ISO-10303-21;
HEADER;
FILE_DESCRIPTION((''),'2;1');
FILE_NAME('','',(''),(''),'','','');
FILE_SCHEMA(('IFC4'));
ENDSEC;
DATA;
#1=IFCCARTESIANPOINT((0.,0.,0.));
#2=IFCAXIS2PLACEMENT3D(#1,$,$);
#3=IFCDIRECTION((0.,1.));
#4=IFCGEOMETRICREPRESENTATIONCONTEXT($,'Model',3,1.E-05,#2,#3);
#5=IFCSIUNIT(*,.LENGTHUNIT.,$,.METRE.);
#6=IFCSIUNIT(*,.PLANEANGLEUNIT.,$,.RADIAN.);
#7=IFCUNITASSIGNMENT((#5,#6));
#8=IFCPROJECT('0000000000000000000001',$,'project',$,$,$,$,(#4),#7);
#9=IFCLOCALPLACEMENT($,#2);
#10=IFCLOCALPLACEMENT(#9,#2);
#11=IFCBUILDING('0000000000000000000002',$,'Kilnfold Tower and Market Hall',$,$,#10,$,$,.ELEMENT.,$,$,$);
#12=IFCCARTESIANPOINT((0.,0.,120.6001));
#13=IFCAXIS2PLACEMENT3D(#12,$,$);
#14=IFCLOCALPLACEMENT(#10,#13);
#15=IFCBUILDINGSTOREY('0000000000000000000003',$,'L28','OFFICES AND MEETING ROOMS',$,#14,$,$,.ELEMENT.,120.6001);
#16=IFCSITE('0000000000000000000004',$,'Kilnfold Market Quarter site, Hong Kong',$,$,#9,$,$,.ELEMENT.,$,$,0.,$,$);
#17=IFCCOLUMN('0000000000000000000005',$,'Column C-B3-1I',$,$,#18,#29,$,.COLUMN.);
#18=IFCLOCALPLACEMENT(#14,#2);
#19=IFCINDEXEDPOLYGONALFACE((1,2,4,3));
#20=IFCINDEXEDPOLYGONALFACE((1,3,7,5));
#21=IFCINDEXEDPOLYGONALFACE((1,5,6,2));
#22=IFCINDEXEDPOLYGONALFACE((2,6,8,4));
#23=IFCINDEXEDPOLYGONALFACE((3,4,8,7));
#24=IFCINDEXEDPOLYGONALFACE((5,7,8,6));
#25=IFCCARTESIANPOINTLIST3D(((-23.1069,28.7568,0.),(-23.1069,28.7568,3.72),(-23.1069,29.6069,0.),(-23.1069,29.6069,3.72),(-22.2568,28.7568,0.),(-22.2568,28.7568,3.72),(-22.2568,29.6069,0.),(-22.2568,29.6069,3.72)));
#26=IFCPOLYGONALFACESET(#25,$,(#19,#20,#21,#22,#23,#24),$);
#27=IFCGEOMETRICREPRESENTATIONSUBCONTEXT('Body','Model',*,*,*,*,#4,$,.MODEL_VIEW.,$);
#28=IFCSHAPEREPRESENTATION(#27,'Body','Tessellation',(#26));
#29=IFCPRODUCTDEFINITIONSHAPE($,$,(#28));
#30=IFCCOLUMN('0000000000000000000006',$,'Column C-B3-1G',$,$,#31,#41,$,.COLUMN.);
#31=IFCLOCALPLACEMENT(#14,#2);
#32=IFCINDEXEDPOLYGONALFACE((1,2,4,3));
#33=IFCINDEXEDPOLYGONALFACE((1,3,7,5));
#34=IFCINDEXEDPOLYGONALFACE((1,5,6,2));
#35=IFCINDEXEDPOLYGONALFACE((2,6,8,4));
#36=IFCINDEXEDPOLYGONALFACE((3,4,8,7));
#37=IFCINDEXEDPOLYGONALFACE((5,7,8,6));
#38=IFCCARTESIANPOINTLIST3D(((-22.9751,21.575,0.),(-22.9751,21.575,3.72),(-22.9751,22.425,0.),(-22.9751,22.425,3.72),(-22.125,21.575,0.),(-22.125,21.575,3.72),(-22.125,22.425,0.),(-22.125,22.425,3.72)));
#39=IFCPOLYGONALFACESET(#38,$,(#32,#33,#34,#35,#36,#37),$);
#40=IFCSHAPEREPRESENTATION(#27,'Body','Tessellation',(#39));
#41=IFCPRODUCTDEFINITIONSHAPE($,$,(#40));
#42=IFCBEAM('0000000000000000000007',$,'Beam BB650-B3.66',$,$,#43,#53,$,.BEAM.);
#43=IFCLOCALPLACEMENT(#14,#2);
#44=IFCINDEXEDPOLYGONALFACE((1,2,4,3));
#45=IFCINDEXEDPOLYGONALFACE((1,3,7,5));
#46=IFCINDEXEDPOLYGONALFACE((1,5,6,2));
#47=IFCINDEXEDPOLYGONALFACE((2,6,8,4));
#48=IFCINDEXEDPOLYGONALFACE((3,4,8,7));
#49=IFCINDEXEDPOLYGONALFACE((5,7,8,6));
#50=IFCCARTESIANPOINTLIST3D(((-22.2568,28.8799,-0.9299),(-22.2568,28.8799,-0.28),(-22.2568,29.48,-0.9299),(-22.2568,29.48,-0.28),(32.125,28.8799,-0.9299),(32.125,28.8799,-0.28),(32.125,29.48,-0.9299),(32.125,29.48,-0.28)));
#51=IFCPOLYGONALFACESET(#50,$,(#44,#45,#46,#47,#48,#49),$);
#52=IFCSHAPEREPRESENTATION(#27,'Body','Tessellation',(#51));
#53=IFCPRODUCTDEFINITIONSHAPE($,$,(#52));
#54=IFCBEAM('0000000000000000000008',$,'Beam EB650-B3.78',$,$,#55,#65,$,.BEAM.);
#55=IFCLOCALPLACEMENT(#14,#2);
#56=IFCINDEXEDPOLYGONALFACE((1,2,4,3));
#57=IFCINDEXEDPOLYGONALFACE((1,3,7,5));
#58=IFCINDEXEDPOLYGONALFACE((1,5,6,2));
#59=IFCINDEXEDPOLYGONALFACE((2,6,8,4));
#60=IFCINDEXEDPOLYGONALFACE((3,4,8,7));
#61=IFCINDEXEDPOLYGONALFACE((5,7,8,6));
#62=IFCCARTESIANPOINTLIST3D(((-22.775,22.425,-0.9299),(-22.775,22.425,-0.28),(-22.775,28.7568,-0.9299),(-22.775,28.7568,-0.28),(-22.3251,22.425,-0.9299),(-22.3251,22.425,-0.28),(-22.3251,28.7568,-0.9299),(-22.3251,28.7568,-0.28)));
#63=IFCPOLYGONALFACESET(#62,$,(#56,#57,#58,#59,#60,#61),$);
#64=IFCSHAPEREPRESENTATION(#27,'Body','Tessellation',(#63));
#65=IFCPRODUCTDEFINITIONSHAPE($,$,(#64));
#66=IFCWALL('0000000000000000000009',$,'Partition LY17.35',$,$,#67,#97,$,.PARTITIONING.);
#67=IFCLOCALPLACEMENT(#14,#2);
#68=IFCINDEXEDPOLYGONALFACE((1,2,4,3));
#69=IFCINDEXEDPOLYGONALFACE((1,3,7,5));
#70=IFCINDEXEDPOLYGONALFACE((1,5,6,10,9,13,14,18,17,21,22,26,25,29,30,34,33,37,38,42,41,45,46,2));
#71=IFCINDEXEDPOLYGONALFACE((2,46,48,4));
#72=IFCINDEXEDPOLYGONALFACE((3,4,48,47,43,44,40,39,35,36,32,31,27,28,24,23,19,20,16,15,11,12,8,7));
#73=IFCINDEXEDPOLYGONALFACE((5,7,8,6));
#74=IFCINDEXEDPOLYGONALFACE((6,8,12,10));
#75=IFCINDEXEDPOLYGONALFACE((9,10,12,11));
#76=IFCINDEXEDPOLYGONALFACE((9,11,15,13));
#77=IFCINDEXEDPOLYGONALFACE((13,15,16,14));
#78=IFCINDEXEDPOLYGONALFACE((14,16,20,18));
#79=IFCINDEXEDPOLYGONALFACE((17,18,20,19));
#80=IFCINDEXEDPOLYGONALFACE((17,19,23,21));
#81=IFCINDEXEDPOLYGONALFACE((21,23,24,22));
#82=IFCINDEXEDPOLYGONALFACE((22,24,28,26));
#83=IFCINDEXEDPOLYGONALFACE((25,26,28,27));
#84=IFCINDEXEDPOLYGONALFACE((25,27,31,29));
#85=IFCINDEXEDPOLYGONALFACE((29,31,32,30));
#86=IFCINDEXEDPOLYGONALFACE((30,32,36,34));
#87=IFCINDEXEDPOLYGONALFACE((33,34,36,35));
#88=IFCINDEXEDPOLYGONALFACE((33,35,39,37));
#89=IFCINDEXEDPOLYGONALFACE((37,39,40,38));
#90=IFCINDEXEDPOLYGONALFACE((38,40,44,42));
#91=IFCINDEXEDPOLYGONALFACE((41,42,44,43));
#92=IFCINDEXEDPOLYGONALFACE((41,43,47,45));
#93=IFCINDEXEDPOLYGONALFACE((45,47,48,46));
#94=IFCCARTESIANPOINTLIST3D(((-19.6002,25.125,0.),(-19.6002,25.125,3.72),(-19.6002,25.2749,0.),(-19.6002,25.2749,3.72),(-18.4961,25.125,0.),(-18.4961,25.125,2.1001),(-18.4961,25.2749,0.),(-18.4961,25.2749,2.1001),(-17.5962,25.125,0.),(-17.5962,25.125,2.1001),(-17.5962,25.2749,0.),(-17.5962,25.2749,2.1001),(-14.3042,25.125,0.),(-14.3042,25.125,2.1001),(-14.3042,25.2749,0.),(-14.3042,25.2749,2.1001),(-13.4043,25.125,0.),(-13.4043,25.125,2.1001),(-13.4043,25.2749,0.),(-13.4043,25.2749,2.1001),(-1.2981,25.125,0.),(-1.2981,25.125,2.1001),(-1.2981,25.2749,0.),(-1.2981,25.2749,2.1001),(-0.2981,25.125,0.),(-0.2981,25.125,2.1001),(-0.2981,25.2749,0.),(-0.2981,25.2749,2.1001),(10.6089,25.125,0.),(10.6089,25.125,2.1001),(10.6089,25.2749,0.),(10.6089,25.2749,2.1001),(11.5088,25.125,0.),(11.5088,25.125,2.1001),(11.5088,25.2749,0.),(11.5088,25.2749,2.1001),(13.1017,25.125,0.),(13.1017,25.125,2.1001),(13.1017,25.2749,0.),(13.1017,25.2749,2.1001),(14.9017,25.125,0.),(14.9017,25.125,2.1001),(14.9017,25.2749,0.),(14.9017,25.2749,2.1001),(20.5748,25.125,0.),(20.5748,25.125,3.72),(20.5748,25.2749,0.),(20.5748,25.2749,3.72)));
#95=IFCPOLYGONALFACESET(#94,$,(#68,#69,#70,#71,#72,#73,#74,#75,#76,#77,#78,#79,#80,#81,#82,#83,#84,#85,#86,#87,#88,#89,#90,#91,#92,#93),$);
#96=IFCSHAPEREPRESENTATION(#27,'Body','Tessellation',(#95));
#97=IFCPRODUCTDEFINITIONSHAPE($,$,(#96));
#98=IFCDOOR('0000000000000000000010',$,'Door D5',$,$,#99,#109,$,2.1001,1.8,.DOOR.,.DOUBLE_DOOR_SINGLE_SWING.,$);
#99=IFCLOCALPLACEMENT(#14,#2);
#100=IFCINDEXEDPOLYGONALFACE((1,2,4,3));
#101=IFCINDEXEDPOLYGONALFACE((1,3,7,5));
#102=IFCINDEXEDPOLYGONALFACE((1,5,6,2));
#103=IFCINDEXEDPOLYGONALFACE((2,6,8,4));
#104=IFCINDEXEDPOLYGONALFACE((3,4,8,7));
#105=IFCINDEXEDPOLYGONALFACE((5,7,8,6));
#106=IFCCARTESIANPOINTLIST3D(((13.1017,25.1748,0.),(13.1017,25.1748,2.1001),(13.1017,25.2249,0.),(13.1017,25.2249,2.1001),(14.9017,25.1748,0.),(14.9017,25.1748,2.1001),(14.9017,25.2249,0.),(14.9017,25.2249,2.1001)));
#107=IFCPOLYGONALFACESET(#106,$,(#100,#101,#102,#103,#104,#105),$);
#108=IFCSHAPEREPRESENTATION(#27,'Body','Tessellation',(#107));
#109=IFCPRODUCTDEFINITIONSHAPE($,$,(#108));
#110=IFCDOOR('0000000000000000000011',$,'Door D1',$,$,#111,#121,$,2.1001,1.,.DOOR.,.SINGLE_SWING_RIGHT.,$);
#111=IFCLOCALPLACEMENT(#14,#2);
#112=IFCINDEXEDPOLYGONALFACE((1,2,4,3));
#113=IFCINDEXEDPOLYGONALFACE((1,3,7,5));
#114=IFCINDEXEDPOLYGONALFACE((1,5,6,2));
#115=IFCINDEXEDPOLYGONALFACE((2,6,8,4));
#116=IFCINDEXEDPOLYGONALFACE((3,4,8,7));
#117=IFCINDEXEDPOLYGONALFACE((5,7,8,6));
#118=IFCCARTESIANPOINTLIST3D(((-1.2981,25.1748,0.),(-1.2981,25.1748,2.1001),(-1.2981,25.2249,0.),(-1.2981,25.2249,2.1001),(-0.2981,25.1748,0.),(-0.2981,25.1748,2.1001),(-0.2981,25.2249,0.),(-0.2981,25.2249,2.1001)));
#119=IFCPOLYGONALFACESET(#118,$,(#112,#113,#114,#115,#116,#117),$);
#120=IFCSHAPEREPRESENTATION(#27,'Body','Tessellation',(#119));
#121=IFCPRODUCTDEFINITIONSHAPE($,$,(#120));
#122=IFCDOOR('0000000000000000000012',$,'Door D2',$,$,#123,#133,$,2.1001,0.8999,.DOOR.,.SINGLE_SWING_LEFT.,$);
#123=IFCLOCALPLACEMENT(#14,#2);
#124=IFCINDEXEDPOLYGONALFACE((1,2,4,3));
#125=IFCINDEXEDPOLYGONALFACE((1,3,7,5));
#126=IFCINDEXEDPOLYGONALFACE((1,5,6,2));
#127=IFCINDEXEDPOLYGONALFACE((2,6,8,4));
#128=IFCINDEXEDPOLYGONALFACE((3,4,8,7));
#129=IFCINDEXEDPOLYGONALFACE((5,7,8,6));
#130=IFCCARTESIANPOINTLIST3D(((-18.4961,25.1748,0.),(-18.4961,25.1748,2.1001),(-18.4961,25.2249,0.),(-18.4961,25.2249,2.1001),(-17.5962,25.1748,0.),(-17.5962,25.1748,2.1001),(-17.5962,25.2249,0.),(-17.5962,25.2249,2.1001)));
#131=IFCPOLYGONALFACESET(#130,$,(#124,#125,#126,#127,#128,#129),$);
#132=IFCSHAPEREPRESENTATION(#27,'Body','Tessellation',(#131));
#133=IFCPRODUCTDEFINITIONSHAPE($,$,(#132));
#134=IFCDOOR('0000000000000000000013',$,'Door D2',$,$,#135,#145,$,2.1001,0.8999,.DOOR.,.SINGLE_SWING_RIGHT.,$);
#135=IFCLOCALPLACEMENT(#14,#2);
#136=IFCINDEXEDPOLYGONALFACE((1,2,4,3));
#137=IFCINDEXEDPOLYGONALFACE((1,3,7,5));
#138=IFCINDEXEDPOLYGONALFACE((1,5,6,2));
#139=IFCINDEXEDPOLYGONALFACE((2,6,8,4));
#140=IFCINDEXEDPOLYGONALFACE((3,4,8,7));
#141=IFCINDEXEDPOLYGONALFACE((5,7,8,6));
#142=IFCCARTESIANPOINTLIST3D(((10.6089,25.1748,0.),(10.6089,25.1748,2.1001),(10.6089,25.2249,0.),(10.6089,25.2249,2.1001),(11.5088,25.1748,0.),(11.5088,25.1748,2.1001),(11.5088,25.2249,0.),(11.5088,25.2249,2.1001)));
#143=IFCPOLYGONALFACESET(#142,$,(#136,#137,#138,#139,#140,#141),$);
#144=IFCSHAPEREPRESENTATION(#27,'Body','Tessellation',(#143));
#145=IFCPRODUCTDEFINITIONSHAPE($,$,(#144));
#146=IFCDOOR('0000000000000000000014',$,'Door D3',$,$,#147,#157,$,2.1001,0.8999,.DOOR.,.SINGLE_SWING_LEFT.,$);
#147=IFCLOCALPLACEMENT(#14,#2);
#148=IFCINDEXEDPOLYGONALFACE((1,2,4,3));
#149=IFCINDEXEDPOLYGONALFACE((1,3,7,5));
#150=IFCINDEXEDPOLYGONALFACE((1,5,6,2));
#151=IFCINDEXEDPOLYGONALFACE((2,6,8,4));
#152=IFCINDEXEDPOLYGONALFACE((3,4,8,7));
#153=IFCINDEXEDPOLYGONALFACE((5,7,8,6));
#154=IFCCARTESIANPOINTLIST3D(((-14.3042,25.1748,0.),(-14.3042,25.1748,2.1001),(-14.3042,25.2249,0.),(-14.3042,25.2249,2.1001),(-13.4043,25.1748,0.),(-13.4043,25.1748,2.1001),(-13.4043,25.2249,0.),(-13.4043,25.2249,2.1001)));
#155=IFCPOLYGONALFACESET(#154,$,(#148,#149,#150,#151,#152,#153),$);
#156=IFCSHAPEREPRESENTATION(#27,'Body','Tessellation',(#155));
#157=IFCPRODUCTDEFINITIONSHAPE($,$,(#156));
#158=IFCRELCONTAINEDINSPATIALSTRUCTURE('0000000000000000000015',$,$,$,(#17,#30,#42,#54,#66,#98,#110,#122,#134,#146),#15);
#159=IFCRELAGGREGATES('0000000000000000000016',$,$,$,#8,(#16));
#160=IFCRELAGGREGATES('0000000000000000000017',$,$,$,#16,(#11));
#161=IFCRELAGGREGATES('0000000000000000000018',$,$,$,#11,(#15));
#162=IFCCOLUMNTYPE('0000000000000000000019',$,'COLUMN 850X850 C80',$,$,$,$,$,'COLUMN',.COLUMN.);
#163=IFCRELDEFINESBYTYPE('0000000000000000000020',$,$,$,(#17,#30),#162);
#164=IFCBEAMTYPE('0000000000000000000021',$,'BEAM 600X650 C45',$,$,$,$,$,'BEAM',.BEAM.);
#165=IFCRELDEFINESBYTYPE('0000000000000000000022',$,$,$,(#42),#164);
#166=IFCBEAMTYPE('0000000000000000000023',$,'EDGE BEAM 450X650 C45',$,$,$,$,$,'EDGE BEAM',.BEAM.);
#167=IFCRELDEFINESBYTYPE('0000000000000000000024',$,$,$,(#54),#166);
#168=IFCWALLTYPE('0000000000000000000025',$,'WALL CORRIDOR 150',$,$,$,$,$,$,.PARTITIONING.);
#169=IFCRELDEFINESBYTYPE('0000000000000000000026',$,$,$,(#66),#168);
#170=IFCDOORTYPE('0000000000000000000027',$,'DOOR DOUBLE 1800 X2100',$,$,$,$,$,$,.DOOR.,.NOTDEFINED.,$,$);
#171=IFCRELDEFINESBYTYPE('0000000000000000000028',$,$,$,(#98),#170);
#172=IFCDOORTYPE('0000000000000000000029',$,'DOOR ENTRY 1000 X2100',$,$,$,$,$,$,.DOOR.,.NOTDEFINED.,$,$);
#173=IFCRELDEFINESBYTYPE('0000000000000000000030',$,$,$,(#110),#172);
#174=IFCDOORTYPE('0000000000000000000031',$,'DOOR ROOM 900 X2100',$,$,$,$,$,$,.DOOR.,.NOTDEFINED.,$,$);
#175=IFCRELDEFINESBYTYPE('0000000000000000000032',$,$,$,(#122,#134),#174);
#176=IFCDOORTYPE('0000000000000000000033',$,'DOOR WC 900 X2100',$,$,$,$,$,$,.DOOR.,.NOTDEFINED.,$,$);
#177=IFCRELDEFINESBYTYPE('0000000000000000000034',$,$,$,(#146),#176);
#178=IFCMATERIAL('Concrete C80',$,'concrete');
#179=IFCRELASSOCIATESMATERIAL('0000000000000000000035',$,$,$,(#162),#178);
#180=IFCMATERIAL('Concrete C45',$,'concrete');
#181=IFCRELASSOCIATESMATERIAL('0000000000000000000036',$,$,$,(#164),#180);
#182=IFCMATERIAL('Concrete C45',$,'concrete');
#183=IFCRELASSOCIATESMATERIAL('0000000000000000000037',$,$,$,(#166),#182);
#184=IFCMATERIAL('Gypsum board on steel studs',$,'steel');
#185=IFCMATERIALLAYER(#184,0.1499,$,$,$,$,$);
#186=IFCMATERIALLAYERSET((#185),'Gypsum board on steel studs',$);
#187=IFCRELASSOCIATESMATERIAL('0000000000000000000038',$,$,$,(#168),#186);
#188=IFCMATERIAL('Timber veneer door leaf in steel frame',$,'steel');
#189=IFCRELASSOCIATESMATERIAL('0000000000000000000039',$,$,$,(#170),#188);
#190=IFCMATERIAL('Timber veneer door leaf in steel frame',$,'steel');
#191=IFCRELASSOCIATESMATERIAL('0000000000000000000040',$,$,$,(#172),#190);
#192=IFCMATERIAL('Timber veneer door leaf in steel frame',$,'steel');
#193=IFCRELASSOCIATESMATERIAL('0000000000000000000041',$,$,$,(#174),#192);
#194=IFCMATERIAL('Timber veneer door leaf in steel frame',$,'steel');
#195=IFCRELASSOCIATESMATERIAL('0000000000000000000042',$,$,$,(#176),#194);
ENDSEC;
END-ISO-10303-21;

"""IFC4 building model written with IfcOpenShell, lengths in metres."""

from ifc_helpers import new_model, si_unit, direction, frame, frame_2d, origin, origin_2d, place, context, subcontext, project, spatial, rectangle, extrude, source, transform, mapped, material, layer, layer_set, material_profile, profile_set, type_object, element, fill, save


model = new_model("IFC4")

# Units and contexts
model_context = context("Model", 3, precision=1e-05, world=origin(), true_north=direction((0.0, 1.0)))
body_context = subcontext(model_context, "Body", "Model", "MODEL_VIEW")
ifc_project = project(units=[si_unit("LENGTHUNIT", "METRE"), si_unit("PLANEANGLEUNIT", "RADIAN")], contexts=[model_context])

# Site, building, storey
site_placement = place(None, origin())
site = spatial("IfcSite", under=ifc_project, at=site_placement, Name="Kilnfold Market Quarter site, Hong Kong", CompositionType="ELEMENT", RefElevation=0.0)
building_placement = place(site_placement, origin())
building = spatial("IfcBuilding", under=site, at=building_placement, Name="Kilnfold Tower and Market Hall", CompositionType="ELEMENT")
storey_placement = place(building_placement, frame((0.0, 0.0, 120.6001)))
storey = spatial("IfcBuildingStorey", under=building, at=storey_placement, Name="L28", Description="OFFICES AND MEETING ROOMS", CompositionType="ELEMENT", Elevation=120.6001)

# Columns
ifc_material_1 = material(Name="Concrete C80", Category="concrete")
ifc_material_profile_1 = material_profile(ifc_material_1, rectangle(XDim=0.8501, YDim=0.8501, at=origin_2d()), Name="RC 850x850")
ifc_profile_set_1 = profile_set([ifc_material_profile_1], Name="Concrete C80")
column_type = type_object("IfcColumnType", Name="COLUMN 850X850 C80", ElementType="COLUMN", PredefinedType="COLUMN", material=ifc_profile_set_1)
shared_shape_1 = source(origin(), body_context, "Body", "SweptSolid", [
    extrude(rectangle(XDim=0.8501, YDim=0.8501, at=origin_2d()), origin(), (0.0, 0.0, 1.0), 3.72),
])
for number, where, z_axis, x_axis, name in (
    (1, (-22.6819, 29.1819, 0.0), (0.0, 0.0, 1.0), (1.0, 0.0, 0.0), "Column C-B3-1I"),
    (2, (-22.55, 22.0, 0.0), (0.0, 0.0, 1.0), (1.0, 0.0, 0.0), "Column C-B3-1G"),
):
    element("IfcColumn", number, at=place(storey_placement, frame(where, z_axis=z_axis, x_axis=x_axis)), inside=storey, type_object=column_type, Name=name, PredefinedType="COLUMN", context=body_context, shape_type="MappedRepresentation", body=[
        mapped(shared_shape_1, transform((0.0, 0.0, 0.0))),
    ])

# Beams
ifc_material_2 = material(Name="Concrete C45", Category="concrete")
ifc_material_profile_2 = material_profile(ifc_material_2, rectangle(XDim=0.6001, YDim=0.6499, at=origin_2d()), Name="RC 600x650")
ifc_profile_set_2 = profile_set([ifc_material_profile_2], Name="Concrete C45")
beam_type_1 = type_object("IfcBeamType", Name="BEAM 600X650 C45", ElementType="BEAM", PredefinedType="BEAM", material=ifc_profile_set_2)
shared_shape_2 = source(origin(), body_context, "Body", "SweptSolid", [
    extrude(rectangle(XDim=0.6001, YDim=0.6499, at=origin_2d()), origin(), (0.0, 0.0, 1.0), 54.3818),
])
beam_1_placement = place(storey_placement, frame((-22.2568, 29.1799, -0.605), z_axis=(1.0, 0.0, 0.0), x_axis=(0.0, 1.0, 0.0)))
element("IfcBeam", 3, at=beam_1_placement, inside=storey, type_object=beam_type_1, Name="Beam BB650-B3.66", PredefinedType="BEAM", context=body_context, shape_type="MappedRepresentation", body=[
    mapped(shared_shape_2, transform((0.0, 0.0, 0.0))),
])
ifc_material_3 = material(Name="Concrete C45", Category="concrete")
ifc_material_profile_3 = material_profile(ifc_material_3, rectangle(XDim=0.45, YDim=0.6499, at=origin_2d()), Name="RC 450x650")
ifc_profile_set_3 = profile_set([ifc_material_profile_3], Name="Concrete C45")
beam_type_2 = type_object("IfcBeamType", Name="EDGE BEAM 450X650 C45", ElementType="EDGE BEAM", PredefinedType="BEAM", material=ifc_profile_set_3)
shared_shape_3 = source(origin(), body_context, "Body", "SweptSolid", [
    extrude(rectangle(XDim=0.45, YDim=0.6499, at=origin_2d()), origin(), (0.0, 0.0, 1.0), 6.3318),
])
beam_2_placement = place(storey_placement, frame((-22.55, 22.425, -0.605), z_axis=(0.0, 1.0, 0.0), x_axis=(-1.0, 0.0, 0.0)))
element("IfcBeam", 4, at=beam_2_placement, inside=storey, type_object=beam_type_2, Name="Beam EB650-B3.78", PredefinedType="BEAM", context=body_context, shape_type="MappedRepresentation", body=[
    mapped(shared_shape_3, transform((0.0, 0.0, 0.0))),
])

# Wall, openings, doors
ifc_material_4 = material(Name="Gypsum board on steel studs", Category="steel")
ifc_layer_1 = layer(ifc_material_4, 0.1499)
ifc_layer_set_1 = layer_set([ifc_layer_1], Name="Gypsum board on steel studs")
wall_type_1 = type_object("IfcWallType", Name="WALL CORRIDOR 150", PredefinedType="PARTITIONING", material=ifc_layer_set_1)
wall_1_placement = place(storey_placement, frame((-19.6001, 25.2, 0.0), z_axis=(0.0, 0.0, 1.0), x_axis=(1.0, 0.0, 0.0)))
wall_1 = element("IfcWall", 5, at=wall_1_placement, inside=storey, type_object=wall_type_1, Name="Partition LY17.35", PredefinedType="PARTITIONING", context=body_context, shape_type="SweptSolid", body=[
    extrude(rectangle(XDim=40.175, YDim=0.1499, at=frame_2d((20.0874, 0.0))), origin(), (0.0, 0.0, 1.0), 3.72),
])
opening_1_placement = place(wall_1_placement, frame((1.104, 0.0, 0.0)))
opening_1 = element("IfcOpeningElement", 6, at=opening_1_placement, cuts=wall_1, PredefinedType="OPENING", context=body_context, shape_type="SweptSolid", body=[
    extrude(rectangle(XDim=0.8999, YDim=2.1001, at=frame_2d((0.45, 1.05))), frame((0.0, 0.085, 0.0), z_axis=(0.0, -1.0, 0.0), x_axis=(1.0, 0.0, 0.0)), (0.0, 0.0, 1.0), 0.1699),
])
opening_2_placement = place(wall_1_placement, frame((5.2959, 0.0, 0.0)))
opening_2 = element("IfcOpeningElement", 7, at=opening_2_placement, cuts=wall_1, PredefinedType="OPENING", context=body_context, shape_type="SweptSolid", body=[
    extrude(rectangle(XDim=0.8999, YDim=2.1001, at=frame_2d((0.45, 1.05))), frame((0.0, 0.085, 0.0), z_axis=(0.0, -1.0, 0.0), x_axis=(1.0, 0.0, 0.0)), (0.0, 0.0, 1.0), 0.1699),
])
opening_3_placement = place(wall_1_placement, frame((18.302, 0.0, 0.0)))
opening_3 = element("IfcOpeningElement", 8, at=opening_3_placement, cuts=wall_1, PredefinedType="OPENING", context=body_context, shape_type="SweptSolid", body=[
    extrude(rectangle(XDim=1.0, YDim=2.1001, at=frame_2d((0.5, 1.05))), frame((0.0, 0.085, 0.0), z_axis=(0.0, -1.0, 0.0), x_axis=(1.0, 0.0, 0.0)), (0.0, 0.0, 1.0), 0.1699),
])
opening_4_placement = place(wall_1_placement, frame((30.209, 0.0, 0.0)))
opening_4 = element("IfcOpeningElement", 9, at=opening_4_placement, cuts=wall_1, PredefinedType="OPENING", context=body_context, shape_type="SweptSolid", body=[
    extrude(rectangle(XDim=0.8999, YDim=2.1001, at=frame_2d((0.45, 1.05))), frame((0.0, 0.085, 0.0), z_axis=(0.0, -1.0, 0.0), x_axis=(1.0, 0.0, 0.0)), (0.0, 0.0, 1.0), 0.1699),
])
opening_5_placement = place(wall_1_placement, frame((32.7019, 0.0, 0.0)))
opening_5 = element("IfcOpeningElement", 10, at=opening_5_placement, cuts=wall_1, PredefinedType="OPENING", context=body_context, shape_type="SweptSolid", body=[
    extrude(rectangle(XDim=1.8, YDim=2.1001, at=frame_2d((0.8999, 1.05))), frame((0.0, 0.085, 0.0), z_axis=(0.0, -1.0, 0.0), x_axis=(1.0, 0.0, 0.0)), (0.0, 0.0, 1.0), 0.1699),
])
ifc_material_5 = material(Name="Timber veneer door leaf in steel frame", Category="steel")
door_type_1 = type_object("IfcDoorType", Name="DOOR DOUBLE 1800 X2100", OperationType="NOTDEFINED", PredefinedType="DOOR", material=ifc_material_5)
door_1_placement = place(opening_5_placement, origin())
door_1 = element("IfcDoor", 11, at=door_1_placement, inside=storey, type_object=door_type_1, Name="Door D5", OperationType="DOUBLE_DOOR_SINGLE_SWING", OverallHeight=2.1001, OverallWidth=1.8, PredefinedType="DOOR", context=body_context, shape_type="SweptSolid", body=[
    extrude(rectangle(XDim=1.8, YDim=2.1001, at=frame_2d((0.8999, 1.05))), frame((0.0, 0.0249, 0.0), z_axis=(0.0, -1.0, 0.0), x_axis=(1.0, 0.0, 0.0)), (0.0, 0.0, 1.0), 0.05),
])
fill(opening_5, door_1)
ifc_material_6 = material(Name="Timber veneer door leaf in steel frame", Category="steel")
door_type_2 = type_object("IfcDoorType", Name="DOOR ENTRY 1000 X2100", OperationType="NOTDEFINED", PredefinedType="DOOR", material=ifc_material_6)
door_2_placement = place(opening_3_placement, origin())
door_2 = element("IfcDoor", 12, at=door_2_placement, inside=storey, type_object=door_type_2, Name="Door D1", OperationType="SINGLE_SWING_RIGHT", OverallHeight=2.1001, OverallWidth=1.0, PredefinedType="DOOR", context=body_context, shape_type="SweptSolid", body=[
    extrude(rectangle(XDim=1.0, YDim=2.1001, at=frame_2d((0.5, 1.05))), frame((0.0, 0.0249, 0.0), z_axis=(0.0, -1.0, 0.0), x_axis=(1.0, 0.0, 0.0)), (0.0, 0.0, 1.0), 0.05),
])
fill(opening_3, door_2)
ifc_material_7 = material(Name="Timber veneer door leaf in steel frame", Category="steel")
door_type_3 = type_object("IfcDoorType", Name="DOOR ROOM 900 X2100", OperationType="NOTDEFINED", PredefinedType="DOOR", material=ifc_material_7)
door_3_placement = place(opening_1_placement, origin())
door_3 = element("IfcDoor", 13, at=door_3_placement, inside=storey, type_object=door_type_3, Name="Door D2", OperationType="SINGLE_SWING_LEFT", OverallHeight=2.1001, OverallWidth=0.8999, PredefinedType="DOOR", context=body_context, shape_type="SweptSolid", body=[
    extrude(rectangle(XDim=0.8999, YDim=2.1001, at=frame_2d((0.45, 1.05))), frame((0.0, 0.0249, 0.0), z_axis=(0.0, -1.0, 0.0), x_axis=(1.0, 0.0, 0.0)), (0.0, 0.0, 1.0), 0.05),
])
fill(opening_1, door_3)
door_4_placement = place(opening_4_placement, origin())
door_4 = element("IfcDoor", 14, at=door_4_placement, inside=storey, type_object=door_type_3, Name="Door D2", OperationType="SINGLE_SWING_RIGHT", OverallHeight=2.1001, OverallWidth=0.8999, PredefinedType="DOOR", context=body_context, shape_type="SweptSolid", body=[
    extrude(rectangle(XDim=0.8999, YDim=2.1001, at=frame_2d((0.45, 1.05))), frame((0.0, 0.0249, 0.0), z_axis=(0.0, -1.0, 0.0), x_axis=(1.0, 0.0, 0.0)), (0.0, 0.0, 1.0), 0.05),
])
fill(opening_4, door_4)
ifc_material_8 = material(Name="Timber veneer door leaf in steel frame", Category="steel")
door_type_4 = type_object("IfcDoorType", Name="DOOR WC 900 X2100", OperationType="NOTDEFINED", PredefinedType="DOOR", material=ifc_material_8)
door_5_placement = place(opening_2_placement, origin())
door_5 = element("IfcDoor", 15, at=door_5_placement, inside=storey, type_object=door_type_4, Name="Door D3", OperationType="SINGLE_SWING_LEFT", OverallHeight=2.1001, OverallWidth=0.8999, PredefinedType="DOOR", context=body_context, shape_type="SweptSolid", body=[
    extrude(rectangle(XDim=0.8999, YDim=2.1001, at=frame_2d((0.45, 1.05))), frame((0.0, 0.0249, 0.0), z_axis=(0.0, -1.0, 0.0), x_axis=(1.0, 0.0, 0.0)), (0.0, 0.0, 1.0), 0.05),
])
fill(opening_2, door_5)

save(model, "model.ifc")
